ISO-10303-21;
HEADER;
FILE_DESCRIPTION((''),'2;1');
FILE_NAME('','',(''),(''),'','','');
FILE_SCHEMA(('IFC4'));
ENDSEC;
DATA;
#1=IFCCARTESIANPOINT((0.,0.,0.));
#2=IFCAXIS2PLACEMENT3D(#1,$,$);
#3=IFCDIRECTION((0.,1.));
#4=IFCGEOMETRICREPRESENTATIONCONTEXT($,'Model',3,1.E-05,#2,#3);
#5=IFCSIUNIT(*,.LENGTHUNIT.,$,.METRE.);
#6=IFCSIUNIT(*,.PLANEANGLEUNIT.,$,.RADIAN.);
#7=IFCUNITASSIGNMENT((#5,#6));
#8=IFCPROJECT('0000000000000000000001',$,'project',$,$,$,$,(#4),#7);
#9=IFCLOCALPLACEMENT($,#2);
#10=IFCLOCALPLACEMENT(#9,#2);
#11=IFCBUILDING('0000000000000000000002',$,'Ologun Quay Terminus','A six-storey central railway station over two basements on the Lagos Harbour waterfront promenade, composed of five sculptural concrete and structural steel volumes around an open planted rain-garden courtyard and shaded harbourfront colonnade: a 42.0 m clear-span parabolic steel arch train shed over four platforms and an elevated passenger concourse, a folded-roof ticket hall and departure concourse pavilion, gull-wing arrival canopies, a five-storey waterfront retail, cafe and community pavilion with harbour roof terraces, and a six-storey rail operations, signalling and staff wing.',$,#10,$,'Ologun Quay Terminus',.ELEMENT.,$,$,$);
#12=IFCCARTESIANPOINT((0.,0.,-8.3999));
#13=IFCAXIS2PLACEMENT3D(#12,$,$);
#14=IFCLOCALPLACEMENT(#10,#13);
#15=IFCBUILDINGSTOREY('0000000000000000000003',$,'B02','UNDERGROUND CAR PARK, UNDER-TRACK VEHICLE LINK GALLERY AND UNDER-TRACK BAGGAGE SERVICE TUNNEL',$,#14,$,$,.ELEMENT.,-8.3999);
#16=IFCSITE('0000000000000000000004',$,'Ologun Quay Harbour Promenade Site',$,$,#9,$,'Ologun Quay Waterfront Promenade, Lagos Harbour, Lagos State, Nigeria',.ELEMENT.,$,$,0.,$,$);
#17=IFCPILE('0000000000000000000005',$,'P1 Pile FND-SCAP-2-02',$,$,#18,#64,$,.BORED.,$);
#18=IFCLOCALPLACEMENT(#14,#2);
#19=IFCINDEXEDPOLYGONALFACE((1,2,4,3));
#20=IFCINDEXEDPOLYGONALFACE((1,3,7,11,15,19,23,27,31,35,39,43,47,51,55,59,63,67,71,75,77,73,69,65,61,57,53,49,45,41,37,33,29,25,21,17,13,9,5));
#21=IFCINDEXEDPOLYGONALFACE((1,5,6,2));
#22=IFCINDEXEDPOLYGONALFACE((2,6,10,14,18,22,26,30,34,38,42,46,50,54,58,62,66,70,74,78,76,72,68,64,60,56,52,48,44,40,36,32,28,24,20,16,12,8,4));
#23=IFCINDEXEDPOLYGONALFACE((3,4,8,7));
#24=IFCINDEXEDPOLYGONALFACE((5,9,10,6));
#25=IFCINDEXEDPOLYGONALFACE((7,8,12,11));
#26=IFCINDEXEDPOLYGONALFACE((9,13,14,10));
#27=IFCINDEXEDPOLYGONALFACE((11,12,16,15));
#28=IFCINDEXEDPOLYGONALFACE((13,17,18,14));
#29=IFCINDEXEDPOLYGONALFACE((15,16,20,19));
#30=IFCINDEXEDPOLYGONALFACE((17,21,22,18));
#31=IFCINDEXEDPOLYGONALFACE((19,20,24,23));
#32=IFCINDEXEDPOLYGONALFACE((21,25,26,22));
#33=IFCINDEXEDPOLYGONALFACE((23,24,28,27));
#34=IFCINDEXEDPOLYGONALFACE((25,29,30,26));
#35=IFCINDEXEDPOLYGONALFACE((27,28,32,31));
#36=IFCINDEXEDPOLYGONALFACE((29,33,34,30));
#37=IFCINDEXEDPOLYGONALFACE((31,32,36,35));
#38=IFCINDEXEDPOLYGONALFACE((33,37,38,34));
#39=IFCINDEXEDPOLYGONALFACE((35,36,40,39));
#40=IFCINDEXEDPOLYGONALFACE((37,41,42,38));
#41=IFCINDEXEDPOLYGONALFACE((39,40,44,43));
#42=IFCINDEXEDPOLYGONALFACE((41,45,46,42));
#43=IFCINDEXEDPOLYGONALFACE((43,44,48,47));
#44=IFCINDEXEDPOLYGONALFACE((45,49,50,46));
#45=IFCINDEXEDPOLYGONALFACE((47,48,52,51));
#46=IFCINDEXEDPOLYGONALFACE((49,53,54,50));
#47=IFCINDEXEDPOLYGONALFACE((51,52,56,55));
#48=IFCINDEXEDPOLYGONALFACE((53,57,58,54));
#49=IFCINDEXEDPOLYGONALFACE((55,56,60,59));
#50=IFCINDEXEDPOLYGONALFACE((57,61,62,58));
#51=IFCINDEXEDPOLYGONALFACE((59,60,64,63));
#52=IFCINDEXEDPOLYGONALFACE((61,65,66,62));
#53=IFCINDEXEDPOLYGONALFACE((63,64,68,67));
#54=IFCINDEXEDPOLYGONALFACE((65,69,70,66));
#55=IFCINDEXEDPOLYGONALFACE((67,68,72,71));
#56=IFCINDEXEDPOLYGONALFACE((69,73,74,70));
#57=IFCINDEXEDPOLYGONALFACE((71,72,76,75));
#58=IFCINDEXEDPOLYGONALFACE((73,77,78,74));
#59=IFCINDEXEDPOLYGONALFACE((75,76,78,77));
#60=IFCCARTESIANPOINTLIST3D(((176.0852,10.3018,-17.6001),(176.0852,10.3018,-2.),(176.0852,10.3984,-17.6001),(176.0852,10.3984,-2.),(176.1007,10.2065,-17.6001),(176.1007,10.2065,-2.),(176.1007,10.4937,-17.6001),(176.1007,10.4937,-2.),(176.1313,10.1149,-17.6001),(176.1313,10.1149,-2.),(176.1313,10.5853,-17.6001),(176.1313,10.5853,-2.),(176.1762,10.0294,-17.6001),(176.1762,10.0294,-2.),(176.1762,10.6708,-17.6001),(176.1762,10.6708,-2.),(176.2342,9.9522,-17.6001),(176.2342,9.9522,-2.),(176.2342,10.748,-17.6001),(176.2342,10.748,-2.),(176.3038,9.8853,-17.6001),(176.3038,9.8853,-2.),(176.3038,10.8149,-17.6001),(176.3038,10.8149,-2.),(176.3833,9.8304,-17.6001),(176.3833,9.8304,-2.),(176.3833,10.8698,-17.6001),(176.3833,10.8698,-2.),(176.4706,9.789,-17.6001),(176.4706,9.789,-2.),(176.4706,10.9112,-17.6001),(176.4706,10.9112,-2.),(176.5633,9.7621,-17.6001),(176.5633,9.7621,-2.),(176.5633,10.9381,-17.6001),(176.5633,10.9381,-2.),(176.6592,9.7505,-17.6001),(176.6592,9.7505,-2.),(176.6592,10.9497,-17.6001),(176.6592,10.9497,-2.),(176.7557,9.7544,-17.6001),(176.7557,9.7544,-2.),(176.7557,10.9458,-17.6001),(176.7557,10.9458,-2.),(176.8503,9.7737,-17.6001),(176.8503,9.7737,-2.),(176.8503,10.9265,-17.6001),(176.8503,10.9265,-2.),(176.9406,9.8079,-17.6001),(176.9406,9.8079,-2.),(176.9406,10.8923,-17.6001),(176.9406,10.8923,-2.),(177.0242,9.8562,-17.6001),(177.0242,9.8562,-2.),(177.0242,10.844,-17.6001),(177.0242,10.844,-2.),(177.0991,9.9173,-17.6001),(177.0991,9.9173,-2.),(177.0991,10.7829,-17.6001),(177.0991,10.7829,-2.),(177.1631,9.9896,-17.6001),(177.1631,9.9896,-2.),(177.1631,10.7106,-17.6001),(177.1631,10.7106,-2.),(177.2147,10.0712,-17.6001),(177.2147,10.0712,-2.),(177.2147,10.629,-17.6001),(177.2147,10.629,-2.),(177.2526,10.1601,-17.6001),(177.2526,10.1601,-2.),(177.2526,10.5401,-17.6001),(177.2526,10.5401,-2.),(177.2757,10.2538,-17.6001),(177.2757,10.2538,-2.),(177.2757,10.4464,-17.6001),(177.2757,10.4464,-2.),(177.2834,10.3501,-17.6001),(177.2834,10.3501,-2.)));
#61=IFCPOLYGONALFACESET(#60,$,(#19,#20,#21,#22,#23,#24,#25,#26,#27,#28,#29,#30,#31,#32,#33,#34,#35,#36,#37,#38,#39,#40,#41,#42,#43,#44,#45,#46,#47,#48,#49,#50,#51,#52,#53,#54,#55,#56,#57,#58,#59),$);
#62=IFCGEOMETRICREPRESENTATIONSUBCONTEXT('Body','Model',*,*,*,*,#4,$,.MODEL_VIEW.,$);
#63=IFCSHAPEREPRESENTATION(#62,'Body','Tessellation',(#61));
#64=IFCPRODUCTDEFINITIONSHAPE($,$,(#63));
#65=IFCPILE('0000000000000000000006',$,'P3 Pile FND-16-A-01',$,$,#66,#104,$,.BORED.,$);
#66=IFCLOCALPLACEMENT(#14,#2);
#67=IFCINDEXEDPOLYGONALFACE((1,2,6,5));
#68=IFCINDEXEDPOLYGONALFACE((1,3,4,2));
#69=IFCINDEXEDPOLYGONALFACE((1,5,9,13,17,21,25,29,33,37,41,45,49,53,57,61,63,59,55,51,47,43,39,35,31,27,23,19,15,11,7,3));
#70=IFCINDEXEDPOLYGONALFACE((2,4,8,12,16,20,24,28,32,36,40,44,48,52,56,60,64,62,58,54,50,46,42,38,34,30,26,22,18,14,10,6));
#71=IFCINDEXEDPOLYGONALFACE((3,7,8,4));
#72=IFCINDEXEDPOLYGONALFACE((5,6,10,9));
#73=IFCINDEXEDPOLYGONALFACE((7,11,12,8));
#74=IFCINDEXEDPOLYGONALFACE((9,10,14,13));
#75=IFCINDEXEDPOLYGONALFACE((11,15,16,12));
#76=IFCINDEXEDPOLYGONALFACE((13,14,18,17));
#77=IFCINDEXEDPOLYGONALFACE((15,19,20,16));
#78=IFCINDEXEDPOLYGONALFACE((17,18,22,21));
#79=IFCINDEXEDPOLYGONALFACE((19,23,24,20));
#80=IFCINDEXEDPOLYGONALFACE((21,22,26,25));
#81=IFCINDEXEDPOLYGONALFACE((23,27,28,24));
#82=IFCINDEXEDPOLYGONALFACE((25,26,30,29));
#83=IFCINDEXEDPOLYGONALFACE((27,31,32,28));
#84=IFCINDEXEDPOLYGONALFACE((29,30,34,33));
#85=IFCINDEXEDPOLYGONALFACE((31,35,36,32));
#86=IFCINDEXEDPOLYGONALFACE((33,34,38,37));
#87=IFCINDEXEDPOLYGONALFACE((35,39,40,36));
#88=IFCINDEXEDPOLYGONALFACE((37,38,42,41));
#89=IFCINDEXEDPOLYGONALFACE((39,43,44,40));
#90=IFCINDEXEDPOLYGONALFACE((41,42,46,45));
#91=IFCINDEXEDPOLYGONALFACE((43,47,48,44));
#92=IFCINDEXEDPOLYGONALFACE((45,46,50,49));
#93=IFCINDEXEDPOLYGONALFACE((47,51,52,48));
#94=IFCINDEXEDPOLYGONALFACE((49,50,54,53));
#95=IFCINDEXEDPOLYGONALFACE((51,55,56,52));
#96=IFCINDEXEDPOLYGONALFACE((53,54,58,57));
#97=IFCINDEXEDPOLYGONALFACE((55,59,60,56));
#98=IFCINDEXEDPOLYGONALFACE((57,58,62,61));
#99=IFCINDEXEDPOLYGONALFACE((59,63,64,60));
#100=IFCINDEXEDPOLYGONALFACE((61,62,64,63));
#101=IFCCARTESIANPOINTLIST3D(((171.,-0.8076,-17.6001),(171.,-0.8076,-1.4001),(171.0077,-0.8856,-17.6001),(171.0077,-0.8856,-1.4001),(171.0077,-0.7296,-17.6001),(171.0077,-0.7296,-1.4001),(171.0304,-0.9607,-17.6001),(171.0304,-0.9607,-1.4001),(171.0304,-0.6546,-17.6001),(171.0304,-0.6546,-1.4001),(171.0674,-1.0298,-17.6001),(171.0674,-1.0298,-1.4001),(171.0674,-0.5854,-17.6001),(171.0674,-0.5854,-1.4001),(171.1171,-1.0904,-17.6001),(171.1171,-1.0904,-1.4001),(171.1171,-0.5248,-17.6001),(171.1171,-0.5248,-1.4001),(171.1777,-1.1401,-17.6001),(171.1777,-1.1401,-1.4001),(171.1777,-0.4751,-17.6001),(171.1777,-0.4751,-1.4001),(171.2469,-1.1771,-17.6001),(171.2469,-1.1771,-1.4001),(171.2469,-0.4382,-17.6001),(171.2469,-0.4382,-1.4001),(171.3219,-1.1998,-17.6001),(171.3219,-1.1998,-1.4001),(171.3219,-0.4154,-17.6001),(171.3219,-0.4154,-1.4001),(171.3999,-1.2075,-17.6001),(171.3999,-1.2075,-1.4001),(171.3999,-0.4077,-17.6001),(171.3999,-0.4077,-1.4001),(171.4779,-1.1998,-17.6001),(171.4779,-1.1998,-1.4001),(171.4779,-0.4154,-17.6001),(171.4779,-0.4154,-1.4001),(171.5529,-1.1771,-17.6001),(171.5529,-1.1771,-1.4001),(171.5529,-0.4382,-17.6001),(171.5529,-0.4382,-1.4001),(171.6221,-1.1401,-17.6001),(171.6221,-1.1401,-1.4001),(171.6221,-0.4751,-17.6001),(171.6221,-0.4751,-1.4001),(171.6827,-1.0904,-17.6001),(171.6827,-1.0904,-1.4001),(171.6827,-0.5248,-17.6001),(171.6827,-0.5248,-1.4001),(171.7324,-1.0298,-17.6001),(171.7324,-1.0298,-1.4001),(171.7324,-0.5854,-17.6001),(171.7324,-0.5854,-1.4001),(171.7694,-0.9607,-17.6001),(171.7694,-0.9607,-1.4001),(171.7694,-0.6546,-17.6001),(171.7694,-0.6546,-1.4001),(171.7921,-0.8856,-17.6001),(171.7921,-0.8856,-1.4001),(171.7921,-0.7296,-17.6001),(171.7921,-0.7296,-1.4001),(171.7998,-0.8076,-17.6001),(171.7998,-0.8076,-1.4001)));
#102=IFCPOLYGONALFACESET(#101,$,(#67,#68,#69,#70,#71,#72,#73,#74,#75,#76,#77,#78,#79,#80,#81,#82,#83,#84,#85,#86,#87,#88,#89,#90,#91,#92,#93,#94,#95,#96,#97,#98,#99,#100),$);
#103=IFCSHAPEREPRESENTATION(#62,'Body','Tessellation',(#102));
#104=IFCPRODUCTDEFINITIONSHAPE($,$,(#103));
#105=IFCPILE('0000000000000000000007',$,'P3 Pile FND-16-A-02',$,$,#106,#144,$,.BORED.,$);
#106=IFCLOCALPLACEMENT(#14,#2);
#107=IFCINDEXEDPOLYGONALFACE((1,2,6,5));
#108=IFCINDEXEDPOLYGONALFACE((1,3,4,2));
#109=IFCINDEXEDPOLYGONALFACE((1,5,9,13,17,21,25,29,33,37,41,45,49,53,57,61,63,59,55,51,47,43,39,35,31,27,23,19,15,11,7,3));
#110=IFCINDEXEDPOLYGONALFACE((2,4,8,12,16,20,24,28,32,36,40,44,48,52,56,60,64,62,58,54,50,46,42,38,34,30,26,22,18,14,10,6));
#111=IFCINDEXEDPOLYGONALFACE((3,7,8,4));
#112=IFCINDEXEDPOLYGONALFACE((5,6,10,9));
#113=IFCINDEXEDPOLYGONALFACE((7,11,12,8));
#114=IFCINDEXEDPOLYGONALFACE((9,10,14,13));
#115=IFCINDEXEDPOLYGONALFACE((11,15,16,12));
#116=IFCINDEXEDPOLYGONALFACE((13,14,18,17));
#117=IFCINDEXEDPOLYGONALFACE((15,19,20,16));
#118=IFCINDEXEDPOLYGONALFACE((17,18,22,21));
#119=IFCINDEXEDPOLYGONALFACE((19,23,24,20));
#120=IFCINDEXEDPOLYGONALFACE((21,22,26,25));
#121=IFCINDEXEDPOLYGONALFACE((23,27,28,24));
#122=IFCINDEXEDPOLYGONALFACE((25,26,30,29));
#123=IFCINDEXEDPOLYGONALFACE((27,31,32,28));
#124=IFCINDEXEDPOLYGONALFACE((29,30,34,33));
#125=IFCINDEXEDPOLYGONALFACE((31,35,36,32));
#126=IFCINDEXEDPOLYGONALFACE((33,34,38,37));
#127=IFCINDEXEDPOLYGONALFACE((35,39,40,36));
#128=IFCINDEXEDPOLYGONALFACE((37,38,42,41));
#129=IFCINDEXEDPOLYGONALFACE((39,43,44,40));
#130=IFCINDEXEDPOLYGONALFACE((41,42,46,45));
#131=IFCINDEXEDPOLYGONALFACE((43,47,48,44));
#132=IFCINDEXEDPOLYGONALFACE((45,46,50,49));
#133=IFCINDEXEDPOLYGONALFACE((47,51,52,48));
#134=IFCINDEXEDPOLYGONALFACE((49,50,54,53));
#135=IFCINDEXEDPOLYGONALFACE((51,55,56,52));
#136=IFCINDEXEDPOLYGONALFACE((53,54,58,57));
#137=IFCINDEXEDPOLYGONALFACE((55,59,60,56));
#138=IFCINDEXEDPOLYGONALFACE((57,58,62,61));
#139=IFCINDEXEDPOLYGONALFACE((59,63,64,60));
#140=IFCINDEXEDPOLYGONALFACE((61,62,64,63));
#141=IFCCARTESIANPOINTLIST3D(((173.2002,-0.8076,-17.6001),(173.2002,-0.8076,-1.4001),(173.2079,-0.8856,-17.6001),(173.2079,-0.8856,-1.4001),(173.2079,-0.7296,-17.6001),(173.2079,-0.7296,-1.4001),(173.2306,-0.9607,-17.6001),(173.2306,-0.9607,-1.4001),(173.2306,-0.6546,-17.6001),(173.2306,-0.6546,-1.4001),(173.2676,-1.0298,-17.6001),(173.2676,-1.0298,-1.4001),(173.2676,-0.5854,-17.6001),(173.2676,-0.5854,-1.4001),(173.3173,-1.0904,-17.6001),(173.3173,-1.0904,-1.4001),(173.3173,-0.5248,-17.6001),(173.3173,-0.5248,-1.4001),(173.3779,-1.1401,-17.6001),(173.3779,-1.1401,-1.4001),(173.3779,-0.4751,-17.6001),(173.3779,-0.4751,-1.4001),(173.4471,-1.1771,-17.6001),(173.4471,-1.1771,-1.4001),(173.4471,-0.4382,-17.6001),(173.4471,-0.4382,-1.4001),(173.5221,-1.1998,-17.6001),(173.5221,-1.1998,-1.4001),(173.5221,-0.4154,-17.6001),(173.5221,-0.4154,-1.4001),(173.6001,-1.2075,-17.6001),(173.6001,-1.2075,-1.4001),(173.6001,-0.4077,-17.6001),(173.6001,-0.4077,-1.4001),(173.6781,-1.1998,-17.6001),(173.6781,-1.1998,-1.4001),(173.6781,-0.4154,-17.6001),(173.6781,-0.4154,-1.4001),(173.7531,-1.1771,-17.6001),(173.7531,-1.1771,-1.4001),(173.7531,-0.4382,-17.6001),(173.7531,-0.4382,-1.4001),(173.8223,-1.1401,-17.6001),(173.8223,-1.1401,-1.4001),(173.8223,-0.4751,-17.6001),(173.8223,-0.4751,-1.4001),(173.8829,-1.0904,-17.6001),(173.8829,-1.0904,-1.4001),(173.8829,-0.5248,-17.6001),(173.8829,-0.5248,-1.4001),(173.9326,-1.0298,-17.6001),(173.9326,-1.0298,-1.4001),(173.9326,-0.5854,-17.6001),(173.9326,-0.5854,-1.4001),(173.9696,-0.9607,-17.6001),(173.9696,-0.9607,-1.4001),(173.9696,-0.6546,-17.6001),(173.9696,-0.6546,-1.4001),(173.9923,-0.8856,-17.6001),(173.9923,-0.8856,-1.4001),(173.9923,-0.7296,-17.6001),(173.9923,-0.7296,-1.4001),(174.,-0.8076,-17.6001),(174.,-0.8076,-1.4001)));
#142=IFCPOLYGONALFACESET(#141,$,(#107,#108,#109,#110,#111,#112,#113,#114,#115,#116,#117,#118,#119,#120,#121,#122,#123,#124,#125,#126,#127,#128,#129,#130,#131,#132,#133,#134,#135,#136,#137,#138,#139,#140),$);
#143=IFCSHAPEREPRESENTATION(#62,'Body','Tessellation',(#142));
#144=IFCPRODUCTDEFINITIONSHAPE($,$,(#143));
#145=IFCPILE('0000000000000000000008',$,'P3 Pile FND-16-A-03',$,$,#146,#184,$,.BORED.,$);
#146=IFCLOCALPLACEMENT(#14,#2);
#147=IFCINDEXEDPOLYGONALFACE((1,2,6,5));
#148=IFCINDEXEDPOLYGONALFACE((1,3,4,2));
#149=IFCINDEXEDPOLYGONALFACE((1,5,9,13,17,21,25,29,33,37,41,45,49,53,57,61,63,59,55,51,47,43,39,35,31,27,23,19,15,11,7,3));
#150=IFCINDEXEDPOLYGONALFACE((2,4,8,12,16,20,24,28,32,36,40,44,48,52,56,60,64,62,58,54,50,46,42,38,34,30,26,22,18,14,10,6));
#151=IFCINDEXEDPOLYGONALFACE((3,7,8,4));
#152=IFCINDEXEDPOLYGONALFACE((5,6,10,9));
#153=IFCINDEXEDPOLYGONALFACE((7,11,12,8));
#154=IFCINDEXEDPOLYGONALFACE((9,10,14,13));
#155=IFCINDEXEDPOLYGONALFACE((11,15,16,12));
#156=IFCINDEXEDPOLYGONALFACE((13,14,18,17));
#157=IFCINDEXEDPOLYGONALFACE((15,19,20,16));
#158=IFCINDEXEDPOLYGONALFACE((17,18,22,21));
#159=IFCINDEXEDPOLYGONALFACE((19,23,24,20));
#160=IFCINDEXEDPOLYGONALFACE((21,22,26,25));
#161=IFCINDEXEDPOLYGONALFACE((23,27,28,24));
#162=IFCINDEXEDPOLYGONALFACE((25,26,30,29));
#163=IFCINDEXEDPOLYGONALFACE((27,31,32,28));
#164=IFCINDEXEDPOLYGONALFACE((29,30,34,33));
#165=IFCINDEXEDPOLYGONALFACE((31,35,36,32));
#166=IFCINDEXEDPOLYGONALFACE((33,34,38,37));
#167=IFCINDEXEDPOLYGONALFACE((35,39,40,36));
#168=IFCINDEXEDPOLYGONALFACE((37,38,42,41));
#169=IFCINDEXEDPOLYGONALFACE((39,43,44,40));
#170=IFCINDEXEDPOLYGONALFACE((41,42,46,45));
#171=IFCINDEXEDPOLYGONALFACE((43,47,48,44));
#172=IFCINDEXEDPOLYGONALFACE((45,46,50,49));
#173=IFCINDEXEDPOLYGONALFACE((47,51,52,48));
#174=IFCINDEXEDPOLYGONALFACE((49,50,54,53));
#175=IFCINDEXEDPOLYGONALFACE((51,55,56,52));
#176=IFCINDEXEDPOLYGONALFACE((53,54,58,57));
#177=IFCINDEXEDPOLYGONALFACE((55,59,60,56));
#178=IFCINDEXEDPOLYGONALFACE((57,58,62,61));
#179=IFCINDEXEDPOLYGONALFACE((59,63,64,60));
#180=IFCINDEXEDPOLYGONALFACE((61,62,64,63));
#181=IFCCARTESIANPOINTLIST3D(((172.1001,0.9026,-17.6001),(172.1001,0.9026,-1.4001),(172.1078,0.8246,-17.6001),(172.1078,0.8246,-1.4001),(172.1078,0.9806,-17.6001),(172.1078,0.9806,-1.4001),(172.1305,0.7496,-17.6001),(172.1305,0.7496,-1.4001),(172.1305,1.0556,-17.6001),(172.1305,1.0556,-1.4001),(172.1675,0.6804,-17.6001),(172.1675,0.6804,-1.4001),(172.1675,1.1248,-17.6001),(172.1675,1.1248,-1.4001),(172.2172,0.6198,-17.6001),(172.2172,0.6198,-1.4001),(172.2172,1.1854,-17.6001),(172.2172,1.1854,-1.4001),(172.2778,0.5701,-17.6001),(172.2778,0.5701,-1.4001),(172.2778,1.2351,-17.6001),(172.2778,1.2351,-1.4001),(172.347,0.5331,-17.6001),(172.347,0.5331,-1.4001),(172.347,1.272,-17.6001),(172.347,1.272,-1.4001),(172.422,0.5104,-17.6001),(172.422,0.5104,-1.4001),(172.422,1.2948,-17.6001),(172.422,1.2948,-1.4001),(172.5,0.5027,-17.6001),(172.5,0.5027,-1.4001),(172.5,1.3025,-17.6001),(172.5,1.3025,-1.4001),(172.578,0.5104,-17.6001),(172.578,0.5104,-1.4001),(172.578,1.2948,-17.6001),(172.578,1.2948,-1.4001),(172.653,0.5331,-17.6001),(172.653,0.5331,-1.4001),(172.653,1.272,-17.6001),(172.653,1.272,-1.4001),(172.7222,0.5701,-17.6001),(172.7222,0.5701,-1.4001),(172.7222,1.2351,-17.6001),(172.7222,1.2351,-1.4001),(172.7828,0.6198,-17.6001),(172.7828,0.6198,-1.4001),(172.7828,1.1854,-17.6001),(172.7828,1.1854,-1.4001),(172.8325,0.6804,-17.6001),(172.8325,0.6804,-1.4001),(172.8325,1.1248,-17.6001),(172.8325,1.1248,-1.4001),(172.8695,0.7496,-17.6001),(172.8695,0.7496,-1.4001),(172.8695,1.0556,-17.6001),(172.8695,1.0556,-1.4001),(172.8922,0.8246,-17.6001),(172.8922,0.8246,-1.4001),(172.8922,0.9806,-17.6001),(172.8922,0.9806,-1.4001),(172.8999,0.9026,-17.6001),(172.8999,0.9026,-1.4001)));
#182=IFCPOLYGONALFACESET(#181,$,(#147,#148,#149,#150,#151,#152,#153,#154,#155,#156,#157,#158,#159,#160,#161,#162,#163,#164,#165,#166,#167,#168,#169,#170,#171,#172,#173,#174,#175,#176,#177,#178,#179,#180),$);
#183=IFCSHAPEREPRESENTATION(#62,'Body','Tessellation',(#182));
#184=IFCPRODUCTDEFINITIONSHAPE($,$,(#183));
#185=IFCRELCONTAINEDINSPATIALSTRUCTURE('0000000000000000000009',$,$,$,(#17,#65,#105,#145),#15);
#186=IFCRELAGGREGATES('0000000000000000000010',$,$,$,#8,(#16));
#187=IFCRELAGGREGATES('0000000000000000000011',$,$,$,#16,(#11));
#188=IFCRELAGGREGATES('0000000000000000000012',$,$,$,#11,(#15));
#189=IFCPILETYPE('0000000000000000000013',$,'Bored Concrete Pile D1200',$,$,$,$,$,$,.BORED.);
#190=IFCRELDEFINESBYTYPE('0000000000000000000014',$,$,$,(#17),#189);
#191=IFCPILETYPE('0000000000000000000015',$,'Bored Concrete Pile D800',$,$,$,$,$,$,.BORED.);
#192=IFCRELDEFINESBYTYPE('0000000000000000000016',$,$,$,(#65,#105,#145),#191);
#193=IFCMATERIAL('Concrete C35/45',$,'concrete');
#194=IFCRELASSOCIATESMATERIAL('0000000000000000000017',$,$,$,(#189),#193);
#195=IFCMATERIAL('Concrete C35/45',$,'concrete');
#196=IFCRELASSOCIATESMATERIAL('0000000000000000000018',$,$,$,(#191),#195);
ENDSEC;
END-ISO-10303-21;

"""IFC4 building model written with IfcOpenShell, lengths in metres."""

from ifc_helpers import new_model, si_unit, direction, frame, origin, origin_2d, place, context, subcontext, project, spatial, circle, extrude, material, material_profile, profile_set, type_object, element, save


model = new_model("IFC4")

# Units and contexts
model_context = context("Model", 3, precision=1e-05, world=origin(), true_north=direction((0.0, 1.0)))
body_context = subcontext(model_context, "Body", "Model", "MODEL_VIEW")
ifc_project = project(units=[si_unit("LENGTHUNIT", "METRE"), si_unit("PLANEANGLEUNIT", "RADIAN")], contexts=[model_context])

# Site, building, storey
site_placement = place(None, origin())
site = spatial("IfcSite", under=ifc_project, at=site_placement, Name="Ologun Quay Harbour Promenade Site", LongName="Ologun Quay Waterfront Promenade, Lagos Harbour, Lagos State, Nigeria", CompositionType="ELEMENT", RefElevation=0.0)
building_placement = place(site_placement, origin())
building = spatial("IfcBuilding", under=site, at=building_placement, Name="Ologun Quay Terminus", Description="A six-storey central railway station over two basements on the Lagos Harbour waterfront promenade, composed of five sculptural concrete and structural steel volumes around an open planted rain-garden courtyard and shaded harbourfront colonnade: a 42.0 m clear-span parabolic steel arch train shed over four platforms and an elevated passenger concourse, a folded-roof ticket hall and departure concourse pavilion, gull-wing arrival canopies, a five-storey waterfront retail, cafe and community pavilion with harbour roof terraces, and a six-storey rail operations, signalling and staff wing.", LongName="Ologun Quay Terminus", CompositionType="ELEMENT")
storey_placement = place(building_placement, frame((0.0, 0.0, -8.3999)))
storey = spatial("IfcBuildingStorey", under=building, at=storey_placement, Name="B02", Description="UNDERGROUND CAR PARK, UNDER-TRACK VEHICLE LINK GALLERY AND UNDER-TRACK BAGGAGE SERVICE TUNNEL", CompositionType="ELEMENT", Elevation=-8.3999)

# Piles
ifc_material_1 = material(Name="Concrete C35/45", Category="concrete")
ifc_material_profile_1 = material_profile(ifc_material_1, circle(Radius=0.6001, at=origin_2d()), Name="PILE D1200")
ifc_profile_set_1 = profile_set([ifc_material_profile_1], Name="Concrete C35/45")
pile_type_1 = type_object("IfcPileType", Name="Bored Concrete Pile D1200", PredefinedType="BORED", material=ifc_profile_set_1)
for number, where, z_axis, x_axis, name in (
    (1, (176.6833, 10.3501, -2.0), (0.0, 0.0, -1.0), (1.0, 0.0, 0.0), "P1 Pile FND-SCAP-2-02"),
):
    element("IfcPile", number, at=place(storey_placement, frame(where, z_axis=z_axis, x_axis=x_axis)), inside=storey, type_object=pile_type_1, Name=name, PredefinedType="BORED", context=body_context, shape_type="SweptSolid", body=[
        extrude(circle(Radius=0.6001, at=origin_2d()), origin(), (0.0, 0.0, 1.0), 15.6001),
    ])
ifc_material_2 = material(Name="Concrete C35/45", Category="concrete")
ifc_material_profile_2 = material_profile(ifc_material_2, circle(Radius=0.3999, at=origin_2d()), Name="PILE D800")
ifc_profile_set_2 = profile_set([ifc_material_profile_2], Name="Concrete C35/45")
pile_type_2 = type_object("IfcPileType", Name="Bored Concrete Pile D800", PredefinedType="BORED", material=ifc_profile_set_2)
for number, where, z_axis, x_axis, name in (
    (2, (171.3999, -0.8076, -1.4001), (0.0, 0.0, -1.0), (1.0, 0.0, 0.0), "P3 Pile FND-16-A-01"),
    (3, (173.6001, -0.8076, -1.4001), (0.0, 0.0, -1.0), (1.0, 0.0, 0.0), "P3 Pile FND-16-A-02"),
    (4, (172.5, 0.9026, -1.4001), (0.0, 0.0, -1.0), (1.0, 0.0, 0.0), "P3 Pile FND-16-A-03"),
):
    element("IfcPile", number, at=place(storey_placement, frame(where, z_axis=z_axis, x_axis=x_axis)), inside=storey, type_object=pile_type_2, Name=name, PredefinedType="BORED", context=body_context, shape_type="SweptSolid", body=[
        extrude(circle(Radius=0.3999, at=origin_2d()), origin(), (0.0, 0.0, 1.0), 16.2),
    ])

save(model, "model.ifc")
